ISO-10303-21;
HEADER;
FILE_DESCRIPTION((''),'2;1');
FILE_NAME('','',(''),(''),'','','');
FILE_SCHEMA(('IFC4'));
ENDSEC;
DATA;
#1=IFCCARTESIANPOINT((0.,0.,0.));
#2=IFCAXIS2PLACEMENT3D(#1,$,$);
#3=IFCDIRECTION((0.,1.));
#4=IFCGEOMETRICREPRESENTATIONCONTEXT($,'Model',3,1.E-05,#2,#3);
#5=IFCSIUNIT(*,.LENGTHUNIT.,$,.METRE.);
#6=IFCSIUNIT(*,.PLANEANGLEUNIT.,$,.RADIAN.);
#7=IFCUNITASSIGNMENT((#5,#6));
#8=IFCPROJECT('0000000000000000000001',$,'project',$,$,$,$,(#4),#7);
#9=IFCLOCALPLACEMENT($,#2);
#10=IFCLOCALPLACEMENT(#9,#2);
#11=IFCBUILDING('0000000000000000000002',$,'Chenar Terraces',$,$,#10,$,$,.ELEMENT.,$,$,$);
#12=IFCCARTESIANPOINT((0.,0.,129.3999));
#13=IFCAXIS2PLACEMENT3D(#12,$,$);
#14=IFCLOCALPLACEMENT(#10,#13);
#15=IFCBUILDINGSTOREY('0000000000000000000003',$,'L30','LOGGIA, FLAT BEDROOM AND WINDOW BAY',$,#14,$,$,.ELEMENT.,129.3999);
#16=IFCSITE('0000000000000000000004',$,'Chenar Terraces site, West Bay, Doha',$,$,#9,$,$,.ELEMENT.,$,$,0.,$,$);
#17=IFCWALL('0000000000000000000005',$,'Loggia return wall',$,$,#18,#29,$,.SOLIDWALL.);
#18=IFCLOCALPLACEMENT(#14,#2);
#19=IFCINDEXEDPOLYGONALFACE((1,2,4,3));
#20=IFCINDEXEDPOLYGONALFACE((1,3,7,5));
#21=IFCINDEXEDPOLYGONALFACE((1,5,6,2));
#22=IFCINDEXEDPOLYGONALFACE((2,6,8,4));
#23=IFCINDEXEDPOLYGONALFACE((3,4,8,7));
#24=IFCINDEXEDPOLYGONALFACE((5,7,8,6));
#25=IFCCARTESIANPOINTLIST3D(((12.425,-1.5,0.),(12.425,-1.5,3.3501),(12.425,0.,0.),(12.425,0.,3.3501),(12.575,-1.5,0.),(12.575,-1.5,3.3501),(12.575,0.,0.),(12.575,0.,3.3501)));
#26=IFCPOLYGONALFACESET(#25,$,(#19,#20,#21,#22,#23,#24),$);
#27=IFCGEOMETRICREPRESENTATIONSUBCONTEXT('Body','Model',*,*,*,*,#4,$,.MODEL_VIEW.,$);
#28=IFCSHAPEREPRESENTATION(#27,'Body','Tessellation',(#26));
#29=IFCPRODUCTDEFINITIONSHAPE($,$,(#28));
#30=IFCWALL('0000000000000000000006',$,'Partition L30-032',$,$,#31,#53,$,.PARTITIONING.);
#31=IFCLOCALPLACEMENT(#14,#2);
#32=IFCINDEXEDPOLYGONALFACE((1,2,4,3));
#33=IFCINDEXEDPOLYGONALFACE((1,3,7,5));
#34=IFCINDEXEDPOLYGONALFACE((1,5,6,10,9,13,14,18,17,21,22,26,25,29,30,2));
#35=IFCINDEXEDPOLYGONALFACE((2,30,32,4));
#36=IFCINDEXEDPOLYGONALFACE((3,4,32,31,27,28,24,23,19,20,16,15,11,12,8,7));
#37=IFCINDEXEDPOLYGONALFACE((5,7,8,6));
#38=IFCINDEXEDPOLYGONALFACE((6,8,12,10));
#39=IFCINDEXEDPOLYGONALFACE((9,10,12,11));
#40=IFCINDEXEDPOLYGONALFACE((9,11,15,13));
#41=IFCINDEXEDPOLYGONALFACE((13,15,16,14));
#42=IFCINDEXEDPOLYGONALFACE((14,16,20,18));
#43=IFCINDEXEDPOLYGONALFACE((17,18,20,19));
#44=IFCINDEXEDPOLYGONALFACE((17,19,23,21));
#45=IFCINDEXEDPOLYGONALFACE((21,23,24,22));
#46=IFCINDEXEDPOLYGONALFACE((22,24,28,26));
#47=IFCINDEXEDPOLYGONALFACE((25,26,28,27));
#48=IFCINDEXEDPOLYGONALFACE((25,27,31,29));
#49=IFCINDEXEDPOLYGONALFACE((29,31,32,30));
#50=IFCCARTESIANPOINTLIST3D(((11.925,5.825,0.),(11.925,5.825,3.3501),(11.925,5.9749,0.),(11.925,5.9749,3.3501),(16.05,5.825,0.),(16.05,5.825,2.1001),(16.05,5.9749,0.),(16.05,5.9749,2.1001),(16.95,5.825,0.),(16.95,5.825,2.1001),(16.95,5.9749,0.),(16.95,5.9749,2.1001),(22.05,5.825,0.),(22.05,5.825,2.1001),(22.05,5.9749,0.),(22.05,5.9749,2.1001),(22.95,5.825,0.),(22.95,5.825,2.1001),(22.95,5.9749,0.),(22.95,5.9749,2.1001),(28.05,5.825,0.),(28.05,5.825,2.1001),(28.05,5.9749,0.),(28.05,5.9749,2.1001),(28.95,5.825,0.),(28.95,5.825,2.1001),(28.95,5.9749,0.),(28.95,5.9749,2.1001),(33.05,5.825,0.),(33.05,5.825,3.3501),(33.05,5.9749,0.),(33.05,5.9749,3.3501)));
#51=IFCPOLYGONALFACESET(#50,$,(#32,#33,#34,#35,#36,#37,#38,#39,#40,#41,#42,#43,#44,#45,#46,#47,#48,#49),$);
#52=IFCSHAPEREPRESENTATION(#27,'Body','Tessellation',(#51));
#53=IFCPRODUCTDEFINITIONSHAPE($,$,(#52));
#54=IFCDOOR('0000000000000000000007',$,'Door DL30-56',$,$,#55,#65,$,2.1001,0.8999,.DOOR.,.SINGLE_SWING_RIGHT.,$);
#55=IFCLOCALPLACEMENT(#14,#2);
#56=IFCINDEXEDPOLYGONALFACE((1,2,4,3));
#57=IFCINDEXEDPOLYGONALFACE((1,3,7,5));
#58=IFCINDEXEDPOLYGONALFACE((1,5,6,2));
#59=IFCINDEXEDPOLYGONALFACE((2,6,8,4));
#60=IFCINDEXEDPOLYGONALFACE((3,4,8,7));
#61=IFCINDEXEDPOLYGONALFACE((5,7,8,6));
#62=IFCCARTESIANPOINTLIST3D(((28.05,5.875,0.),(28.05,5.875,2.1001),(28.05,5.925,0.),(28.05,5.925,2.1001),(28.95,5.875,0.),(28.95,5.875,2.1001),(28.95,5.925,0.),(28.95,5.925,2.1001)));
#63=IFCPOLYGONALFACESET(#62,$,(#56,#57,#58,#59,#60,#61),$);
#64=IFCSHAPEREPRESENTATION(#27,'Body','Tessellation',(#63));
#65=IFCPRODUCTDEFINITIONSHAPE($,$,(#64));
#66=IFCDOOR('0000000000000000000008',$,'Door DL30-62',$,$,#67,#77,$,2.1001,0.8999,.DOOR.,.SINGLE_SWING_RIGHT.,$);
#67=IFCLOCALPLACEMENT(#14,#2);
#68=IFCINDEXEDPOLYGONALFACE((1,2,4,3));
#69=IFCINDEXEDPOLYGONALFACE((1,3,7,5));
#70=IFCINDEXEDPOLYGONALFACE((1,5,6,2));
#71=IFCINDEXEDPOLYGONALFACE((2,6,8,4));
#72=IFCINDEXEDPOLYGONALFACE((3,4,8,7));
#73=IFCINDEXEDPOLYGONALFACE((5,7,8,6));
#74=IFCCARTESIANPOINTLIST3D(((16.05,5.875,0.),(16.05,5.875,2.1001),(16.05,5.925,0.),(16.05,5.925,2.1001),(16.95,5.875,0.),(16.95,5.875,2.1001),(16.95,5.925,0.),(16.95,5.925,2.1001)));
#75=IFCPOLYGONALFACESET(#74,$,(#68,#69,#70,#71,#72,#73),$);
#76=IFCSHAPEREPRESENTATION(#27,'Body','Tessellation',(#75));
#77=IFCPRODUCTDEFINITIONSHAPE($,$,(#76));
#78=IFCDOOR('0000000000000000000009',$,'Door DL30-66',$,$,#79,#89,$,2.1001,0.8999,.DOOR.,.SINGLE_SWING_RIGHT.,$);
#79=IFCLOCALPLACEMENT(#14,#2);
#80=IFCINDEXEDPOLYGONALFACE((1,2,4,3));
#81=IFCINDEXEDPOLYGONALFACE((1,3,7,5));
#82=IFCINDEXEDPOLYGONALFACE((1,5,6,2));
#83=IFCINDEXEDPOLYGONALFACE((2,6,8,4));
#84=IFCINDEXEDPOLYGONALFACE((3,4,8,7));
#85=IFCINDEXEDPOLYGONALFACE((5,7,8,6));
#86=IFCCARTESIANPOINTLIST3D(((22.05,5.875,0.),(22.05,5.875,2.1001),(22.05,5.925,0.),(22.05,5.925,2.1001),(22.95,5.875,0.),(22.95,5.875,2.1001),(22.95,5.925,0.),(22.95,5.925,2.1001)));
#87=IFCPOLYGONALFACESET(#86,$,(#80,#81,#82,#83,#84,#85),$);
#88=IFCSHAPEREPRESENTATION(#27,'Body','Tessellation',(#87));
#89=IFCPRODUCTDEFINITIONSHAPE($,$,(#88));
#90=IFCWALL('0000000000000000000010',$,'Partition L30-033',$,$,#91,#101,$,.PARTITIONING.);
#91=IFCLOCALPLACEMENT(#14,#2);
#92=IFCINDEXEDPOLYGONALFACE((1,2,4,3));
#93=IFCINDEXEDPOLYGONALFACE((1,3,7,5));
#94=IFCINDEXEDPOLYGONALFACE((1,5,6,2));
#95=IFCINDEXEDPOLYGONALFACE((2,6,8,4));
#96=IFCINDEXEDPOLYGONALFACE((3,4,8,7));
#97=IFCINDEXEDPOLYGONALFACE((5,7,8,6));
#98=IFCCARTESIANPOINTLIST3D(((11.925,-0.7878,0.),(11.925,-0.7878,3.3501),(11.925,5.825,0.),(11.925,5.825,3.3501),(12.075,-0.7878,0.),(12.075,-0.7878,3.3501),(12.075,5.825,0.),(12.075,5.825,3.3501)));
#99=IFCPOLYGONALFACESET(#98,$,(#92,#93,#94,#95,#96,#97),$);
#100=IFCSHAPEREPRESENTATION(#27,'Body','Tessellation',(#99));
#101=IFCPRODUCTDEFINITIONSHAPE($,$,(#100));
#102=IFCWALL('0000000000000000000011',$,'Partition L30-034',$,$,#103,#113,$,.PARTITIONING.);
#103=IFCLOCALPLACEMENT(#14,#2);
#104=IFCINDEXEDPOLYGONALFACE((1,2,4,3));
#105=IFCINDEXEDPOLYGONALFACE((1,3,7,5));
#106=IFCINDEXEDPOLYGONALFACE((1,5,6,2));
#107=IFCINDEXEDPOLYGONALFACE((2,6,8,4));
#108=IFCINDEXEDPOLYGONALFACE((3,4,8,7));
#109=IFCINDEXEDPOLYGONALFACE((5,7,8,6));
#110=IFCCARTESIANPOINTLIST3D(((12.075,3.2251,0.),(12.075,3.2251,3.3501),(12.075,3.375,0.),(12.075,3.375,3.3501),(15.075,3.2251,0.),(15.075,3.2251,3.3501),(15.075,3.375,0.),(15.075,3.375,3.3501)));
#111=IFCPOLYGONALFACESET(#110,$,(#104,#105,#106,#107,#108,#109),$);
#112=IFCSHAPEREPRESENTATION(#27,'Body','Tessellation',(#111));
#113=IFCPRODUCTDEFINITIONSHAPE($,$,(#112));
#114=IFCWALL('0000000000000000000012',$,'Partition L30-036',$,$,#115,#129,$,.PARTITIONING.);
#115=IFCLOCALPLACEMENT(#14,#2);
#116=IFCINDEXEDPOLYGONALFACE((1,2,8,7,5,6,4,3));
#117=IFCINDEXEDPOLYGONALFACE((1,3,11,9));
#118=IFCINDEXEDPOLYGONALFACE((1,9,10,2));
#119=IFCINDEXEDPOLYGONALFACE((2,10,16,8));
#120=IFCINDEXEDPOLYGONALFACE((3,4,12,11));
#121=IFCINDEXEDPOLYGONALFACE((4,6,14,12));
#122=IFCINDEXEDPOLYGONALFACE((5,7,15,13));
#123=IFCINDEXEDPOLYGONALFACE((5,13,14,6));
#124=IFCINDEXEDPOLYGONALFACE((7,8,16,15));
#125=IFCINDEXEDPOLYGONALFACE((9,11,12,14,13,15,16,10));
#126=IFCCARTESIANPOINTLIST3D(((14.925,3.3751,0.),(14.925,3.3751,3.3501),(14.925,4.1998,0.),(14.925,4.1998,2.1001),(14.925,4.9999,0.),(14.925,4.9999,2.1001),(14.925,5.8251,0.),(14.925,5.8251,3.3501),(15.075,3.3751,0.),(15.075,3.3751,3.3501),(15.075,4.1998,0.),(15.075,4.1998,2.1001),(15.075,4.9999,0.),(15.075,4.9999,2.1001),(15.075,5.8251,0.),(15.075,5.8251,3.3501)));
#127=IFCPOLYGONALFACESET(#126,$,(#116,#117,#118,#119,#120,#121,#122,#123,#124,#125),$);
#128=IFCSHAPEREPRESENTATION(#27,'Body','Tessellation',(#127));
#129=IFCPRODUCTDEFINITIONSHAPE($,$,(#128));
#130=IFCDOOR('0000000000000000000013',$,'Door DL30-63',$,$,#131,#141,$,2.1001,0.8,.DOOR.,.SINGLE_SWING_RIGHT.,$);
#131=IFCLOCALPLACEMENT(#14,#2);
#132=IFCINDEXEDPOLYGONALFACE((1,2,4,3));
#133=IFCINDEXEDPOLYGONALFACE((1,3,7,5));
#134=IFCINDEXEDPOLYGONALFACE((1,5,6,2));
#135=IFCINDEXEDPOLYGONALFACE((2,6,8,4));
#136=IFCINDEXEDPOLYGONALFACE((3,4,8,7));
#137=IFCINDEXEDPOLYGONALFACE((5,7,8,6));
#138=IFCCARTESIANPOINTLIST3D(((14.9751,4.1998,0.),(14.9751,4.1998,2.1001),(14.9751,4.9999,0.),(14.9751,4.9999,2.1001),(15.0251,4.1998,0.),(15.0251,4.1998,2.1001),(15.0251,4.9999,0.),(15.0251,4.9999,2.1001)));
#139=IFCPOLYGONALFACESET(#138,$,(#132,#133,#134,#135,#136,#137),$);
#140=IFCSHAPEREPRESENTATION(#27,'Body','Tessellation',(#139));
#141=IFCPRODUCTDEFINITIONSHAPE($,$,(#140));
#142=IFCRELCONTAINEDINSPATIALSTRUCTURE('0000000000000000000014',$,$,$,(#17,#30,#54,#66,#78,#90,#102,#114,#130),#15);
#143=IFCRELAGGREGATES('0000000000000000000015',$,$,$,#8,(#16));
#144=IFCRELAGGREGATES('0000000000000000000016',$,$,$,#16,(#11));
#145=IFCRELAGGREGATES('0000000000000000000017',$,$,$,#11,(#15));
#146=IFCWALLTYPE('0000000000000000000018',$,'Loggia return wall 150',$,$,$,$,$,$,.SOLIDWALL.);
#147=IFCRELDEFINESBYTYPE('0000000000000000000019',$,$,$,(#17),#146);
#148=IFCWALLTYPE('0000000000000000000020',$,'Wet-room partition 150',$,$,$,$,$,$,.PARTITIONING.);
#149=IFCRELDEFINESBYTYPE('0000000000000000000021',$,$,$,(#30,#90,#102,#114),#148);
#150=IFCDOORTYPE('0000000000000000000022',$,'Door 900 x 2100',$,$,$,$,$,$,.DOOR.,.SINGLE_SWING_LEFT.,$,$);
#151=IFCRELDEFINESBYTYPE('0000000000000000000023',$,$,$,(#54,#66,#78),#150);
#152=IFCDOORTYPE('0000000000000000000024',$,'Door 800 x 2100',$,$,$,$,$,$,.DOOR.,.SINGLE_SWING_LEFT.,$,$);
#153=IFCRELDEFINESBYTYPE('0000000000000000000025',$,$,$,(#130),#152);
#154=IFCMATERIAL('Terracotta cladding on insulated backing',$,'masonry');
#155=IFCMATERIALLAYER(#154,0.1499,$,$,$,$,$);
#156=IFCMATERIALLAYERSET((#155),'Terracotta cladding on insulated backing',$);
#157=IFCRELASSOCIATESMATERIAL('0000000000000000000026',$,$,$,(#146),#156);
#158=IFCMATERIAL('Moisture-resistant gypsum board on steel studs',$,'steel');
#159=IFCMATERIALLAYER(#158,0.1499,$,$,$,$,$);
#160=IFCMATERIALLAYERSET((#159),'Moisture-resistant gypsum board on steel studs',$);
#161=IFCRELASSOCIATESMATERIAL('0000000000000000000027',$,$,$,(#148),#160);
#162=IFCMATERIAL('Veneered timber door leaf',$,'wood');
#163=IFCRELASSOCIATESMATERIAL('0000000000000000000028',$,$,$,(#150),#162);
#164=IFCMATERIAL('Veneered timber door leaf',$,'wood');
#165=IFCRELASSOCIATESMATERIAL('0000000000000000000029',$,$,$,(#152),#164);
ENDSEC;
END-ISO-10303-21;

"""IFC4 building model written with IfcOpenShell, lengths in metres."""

from ifc_helpers import new_model, si_unit, direction, frame, frame_2d, origin, place, context, subcontext, project, spatial, rectangle, extrude, material, layer, layer_set, type_object, element, fill, save


model = new_model("IFC4")

# Units and contexts
model_context = context("Model", 3, precision=1e-05, world=origin(), true_north=direction((0.0, 1.0)))
body_context = subcontext(model_context, "Body", "Model", "MODEL_VIEW")
ifc_project = project(units=[si_unit("LENGTHUNIT", "METRE"), si_unit("PLANEANGLEUNIT", "RADIAN")], contexts=[model_context])

# Site, building, storey
site_placement = place(None, origin())
site = spatial("IfcSite", under=ifc_project, at=site_placement, Name="Chenar Terraces site, West Bay, Doha", CompositionType="ELEMENT", RefElevation=0.0)
building_placement = place(site_placement, origin())
building = spatial("IfcBuilding", under=site, at=building_placement, Name="Chenar Terraces", CompositionType="ELEMENT")
storey_placement = place(building_placement, frame((0.0, 0.0, 129.3999)))
storey = spatial("IfcBuildingStorey", under=building, at=storey_placement, Name="L30", Description="LOGGIA, FLAT BEDROOM AND WINDOW BAY", CompositionType="ELEMENT", Elevation=129.3999)

# Wall
ifc_material_1 = material(Name="Terracotta cladding on insulated backing", Category="masonry")
ifc_layer_1 = layer(ifc_material_1, 0.1499)
ifc_layer_set_1 = layer_set([ifc_layer_1], Name="Terracotta cladding on insulated backing")
wall_type_1 = type_object("IfcWallType", Name="Loggia return wall 150", PredefinedType="SOLIDWALL", material=ifc_layer_set_1)
wall_1_placement = place(storey_placement, frame((12.5, -1.5, 0.0), z_axis=(0.0, 0.0, 1.0), x_axis=(0.0, 1.0, 0.0)))
element("IfcWall", 1, at=wall_1_placement, inside=storey, type_object=wall_type_1, Name="Loggia return wall", PredefinedType="SOLIDWALL", context=body_context, shape_type="SweptSolid", body=[
    extrude(rectangle(XDim=1.5, YDim=0.1499, at=frame_2d((0.75, 0.0))), origin(), (0.0, 0.0, 1.0), 3.3501),
])

# Wall, openings, doors
ifc_material_2 = material(Name="Moisture-resistant gypsum board on steel studs", Category="steel")
ifc_layer_2 = layer(ifc_material_2, 0.1499)
ifc_layer_set_2 = layer_set([ifc_layer_2], Name="Moisture-resistant gypsum board on steel studs")
wall_type_2 = type_object("IfcWallType", Name="Wet-room partition 150", PredefinedType="PARTITIONING", material=ifc_layer_set_2)
wall_2_placement = place(storey_placement, frame((11.925, 5.8999, 0.0), z_axis=(0.0, 0.0, 1.0), x_axis=(1.0, 0.0, 0.0)))
wall_2 = element("IfcWall", 2, at=wall_2_placement, inside=storey, type_object=wall_type_2, Name="Partition L30-032", PredefinedType="PARTITIONING", context=body_context, shape_type="SweptSolid", body=[
    extrude(rectangle(XDim=21.125, YDim=0.1499, at=frame_2d((10.5625, 0.0))), origin(), (0.0, 0.0, 1.0), 3.3501),
])
opening_1_placement = place(wall_2_placement, frame((16.125, 0.0, 0.0)))
opening_1 = element("IfcOpeningElement", 3, at=opening_1_placement, cuts=wall_2, PredefinedType="OPENING", context=body_context, shape_type="SweptSolid", body=[
    extrude(rectangle(XDim=0.8999, YDim=2.1001, at=frame_2d((0.45, 1.05))), frame((0.0, 0.085, 0.0), z_axis=(0.0, -1.0, 0.0), x_axis=(1.0, 0.0, 0.0)), (0.0, 0.0, 1.0), 0.1699),
])
opening_2_placement = place(wall_2_placement, frame((4.125, 0.0, 0.0)))
opening_2 = element("IfcOpeningElement", 4, at=opening_2_placement, cuts=wall_2, PredefinedType="OPENING", context=body_context, shape_type="SweptSolid", body=[
    extrude(rectangle(XDim=0.8999, YDim=2.1001, at=frame_2d((0.45, 1.05))), frame((0.0, 0.085, 0.0), z_axis=(0.0, -1.0, 0.0), x_axis=(1.0, 0.0, 0.0)), (0.0, 0.0, 1.0), 0.1699),
])
opening_3_placement = place(wall_2_placement, frame((10.125, 0.0, 0.0)))
opening_3 = element("IfcOpeningElement", 5, at=opening_3_placement, cuts=wall_2, PredefinedType="OPENING", context=body_context, shape_type="SweptSolid", body=[
    extrude(rectangle(XDim=0.8999, YDim=2.1001, at=frame_2d((0.45, 1.05))), frame((0.0, 0.085, 0.0), z_axis=(0.0, -1.0, 0.0), x_axis=(1.0, 0.0, 0.0)), (0.0, 0.0, 1.0), 0.1699),
])
ifc_material_3 = material(Name="Veneered timber door leaf", Category="wood")
door_type_1 = type_object("IfcDoorType", Name="Door 900 x 2100", OperationType="SINGLE_SWING_LEFT", PredefinedType="DOOR", material=ifc_material_3)
door_1_placement = place(opening_1_placement, frame((0.8999, 0.0, 0.0), z_axis=(0.0, 0.0, 1.0), x_axis=(-1.0, 0.0, 0.0)))
door_1 = element("IfcDoor", 6, at=door_1_placement, inside=storey, type_object=door_type_1, Name="Door DL30-56", OperationType="SINGLE_SWING_RIGHT", OverallHeight=2.1001, OverallWidth=0.8999, PredefinedType="DOOR", context=body_context, shape_type="SweptSolid", body=[
    extrude(rectangle(XDim=0.8999, YDim=2.1001, at=frame_2d((0.45, 1.05))), frame((0.0, 0.0249, 0.0), z_axis=(0.0, -1.0, 0.0), x_axis=(1.0, 0.0, 0.0)), (0.0, 0.0, 1.0), 0.05),
])
fill(opening_1, door_1)
door_2_placement = place(opening_2_placement, frame((0.8999, 0.0, 0.0), z_axis=(0.0, 0.0, 1.0), x_axis=(-1.0, 0.0, 0.0)))
door_2 = element("IfcDoor", 7, at=door_2_placement, inside=storey, type_object=door_type_1, Name="Door DL30-62", OperationType="SINGLE_SWING_RIGHT", OverallHeight=2.1001, OverallWidth=0.8999, PredefinedType="DOOR", context=body_context, shape_type="SweptSolid", body=[
    extrude(rectangle(XDim=0.8999, YDim=2.1001, at=frame_2d((0.45, 1.05))), frame((0.0, 0.0249, 0.0), z_axis=(0.0, -1.0, 0.0), x_axis=(1.0, 0.0, 0.0)), (0.0, 0.0, 1.0), 0.05),
])
fill(opening_2, door_2)
door_3_placement = place(opening_3_placement, frame((0.8999, 0.0, 0.0), z_axis=(0.0, 0.0, 1.0), x_axis=(-1.0, 0.0, 0.0)))
door_3 = element("IfcDoor", 8, at=door_3_placement, inside=storey, type_object=door_type_1, Name="Door DL30-66", OperationType="SINGLE_SWING_RIGHT", OverallHeight=2.1001, OverallWidth=0.8999, PredefinedType="DOOR", context=body_context, shape_type="SweptSolid", body=[
    extrude(rectangle(XDim=0.8999, YDim=2.1001, at=frame_2d((0.45, 1.05))), frame((0.0, 0.0249, 0.0), z_axis=(0.0, -1.0, 0.0), x_axis=(1.0, 0.0, 0.0)), (0.0, 0.0, 1.0), 0.05),
])
fill(opening_3, door_3)

# Walls
wall_3_placement = place(storey_placement, frame((12.0, -0.7878, 0.0), z_axis=(0.0, 0.0, 1.0), x_axis=(0.0, 1.0, 0.0)))
element("IfcWall", 9, at=wall_3_placement, inside=storey, type_object=wall_type_2, Name="Partition L30-033", PredefinedType="PARTITIONING", context=body_context, shape_type="SweptSolid", body=[
    extrude(rectangle(XDim=6.6128, YDim=0.1499, at=frame_2d((3.3064, 0.0))), origin(), (0.0, 0.0, 1.0), 3.3501),
])
wall_4_placement = place(storey_placement, frame((12.075, 3.3, 0.0), z_axis=(0.0, 0.0, 1.0), x_axis=(1.0, 0.0, 0.0)))
element("IfcWall", 10, at=wall_4_placement, inside=storey, type_object=wall_type_2, Name="Partition L30-034", PredefinedType="PARTITIONING", context=body_context, shape_type="SweptSolid", body=[
    extrude(rectangle(XDim=3.0, YDim=0.1499, at=frame_2d((1.5, 0.0))), origin(), (0.0, 0.0, 1.0), 3.3501),
])

# Wall, opening, door
wall_5_placement = place(storey_placement, frame((15.0, 3.375, 0.0), z_axis=(0.0, 0.0, 1.0), x_axis=(0.0, 1.0, 0.0)))
wall_5 = element("IfcWall", 11, at=wall_5_placement, inside=storey, type_object=wall_type_2, Name="Partition L30-036", PredefinedType="PARTITIONING", context=body_context, shape_type="SweptSolid", body=[
    extrude(rectangle(XDim=2.45, YDim=0.1499, at=frame_2d((1.2251, 0.0))), origin(), (0.0, 0.0, 1.0), 3.3501),
])
opening_4_placement = place(wall_5_placement, frame((0.825, 0.0, 0.0)))
opening_4 = element("IfcOpeningElement", 12, at=opening_4_placement, cuts=wall_5, PredefinedType="OPENING", context=body_context, shape_type="SweptSolid", body=[
    extrude(rectangle(XDim=0.8, YDim=2.1001, at=frame_2d((0.3999, 1.05))), frame((0.0, 0.085, 0.0), z_axis=(0.0, -1.0, 0.0), x_axis=(1.0, 0.0, 0.0)), (0.0, 0.0, 1.0), 0.1699),
])
ifc_material_4 = material(Name="Veneered timber door leaf", Category="wood")
door_type_2 = type_object("IfcDoorType", Name="Door 800 x 2100", OperationType="SINGLE_SWING_LEFT", PredefinedType="DOOR", material=ifc_material_4)
door_4_placement = place(opening_4_placement, origin())
door_4 = element("IfcDoor", 13, at=door_4_placement, inside=storey, type_object=door_type_2, Name="Door DL30-63", OperationType="SINGLE_SWING_RIGHT", OverallHeight=2.1001, OverallWidth=0.8, PredefinedType="DOOR", context=body_context, shape_type="SweptSolid", body=[
    extrude(rectangle(XDim=0.8, YDim=2.1001, at=frame_2d((0.3999, 1.05))), frame((0.0, 0.0249, 0.0), z_axis=(0.0, -1.0, 0.0), x_axis=(1.0, 0.0, 0.0)), (0.0, 0.0, 1.0), 0.05),
])
fill(opening_4, door_4)

save(model, "model.ifc")
